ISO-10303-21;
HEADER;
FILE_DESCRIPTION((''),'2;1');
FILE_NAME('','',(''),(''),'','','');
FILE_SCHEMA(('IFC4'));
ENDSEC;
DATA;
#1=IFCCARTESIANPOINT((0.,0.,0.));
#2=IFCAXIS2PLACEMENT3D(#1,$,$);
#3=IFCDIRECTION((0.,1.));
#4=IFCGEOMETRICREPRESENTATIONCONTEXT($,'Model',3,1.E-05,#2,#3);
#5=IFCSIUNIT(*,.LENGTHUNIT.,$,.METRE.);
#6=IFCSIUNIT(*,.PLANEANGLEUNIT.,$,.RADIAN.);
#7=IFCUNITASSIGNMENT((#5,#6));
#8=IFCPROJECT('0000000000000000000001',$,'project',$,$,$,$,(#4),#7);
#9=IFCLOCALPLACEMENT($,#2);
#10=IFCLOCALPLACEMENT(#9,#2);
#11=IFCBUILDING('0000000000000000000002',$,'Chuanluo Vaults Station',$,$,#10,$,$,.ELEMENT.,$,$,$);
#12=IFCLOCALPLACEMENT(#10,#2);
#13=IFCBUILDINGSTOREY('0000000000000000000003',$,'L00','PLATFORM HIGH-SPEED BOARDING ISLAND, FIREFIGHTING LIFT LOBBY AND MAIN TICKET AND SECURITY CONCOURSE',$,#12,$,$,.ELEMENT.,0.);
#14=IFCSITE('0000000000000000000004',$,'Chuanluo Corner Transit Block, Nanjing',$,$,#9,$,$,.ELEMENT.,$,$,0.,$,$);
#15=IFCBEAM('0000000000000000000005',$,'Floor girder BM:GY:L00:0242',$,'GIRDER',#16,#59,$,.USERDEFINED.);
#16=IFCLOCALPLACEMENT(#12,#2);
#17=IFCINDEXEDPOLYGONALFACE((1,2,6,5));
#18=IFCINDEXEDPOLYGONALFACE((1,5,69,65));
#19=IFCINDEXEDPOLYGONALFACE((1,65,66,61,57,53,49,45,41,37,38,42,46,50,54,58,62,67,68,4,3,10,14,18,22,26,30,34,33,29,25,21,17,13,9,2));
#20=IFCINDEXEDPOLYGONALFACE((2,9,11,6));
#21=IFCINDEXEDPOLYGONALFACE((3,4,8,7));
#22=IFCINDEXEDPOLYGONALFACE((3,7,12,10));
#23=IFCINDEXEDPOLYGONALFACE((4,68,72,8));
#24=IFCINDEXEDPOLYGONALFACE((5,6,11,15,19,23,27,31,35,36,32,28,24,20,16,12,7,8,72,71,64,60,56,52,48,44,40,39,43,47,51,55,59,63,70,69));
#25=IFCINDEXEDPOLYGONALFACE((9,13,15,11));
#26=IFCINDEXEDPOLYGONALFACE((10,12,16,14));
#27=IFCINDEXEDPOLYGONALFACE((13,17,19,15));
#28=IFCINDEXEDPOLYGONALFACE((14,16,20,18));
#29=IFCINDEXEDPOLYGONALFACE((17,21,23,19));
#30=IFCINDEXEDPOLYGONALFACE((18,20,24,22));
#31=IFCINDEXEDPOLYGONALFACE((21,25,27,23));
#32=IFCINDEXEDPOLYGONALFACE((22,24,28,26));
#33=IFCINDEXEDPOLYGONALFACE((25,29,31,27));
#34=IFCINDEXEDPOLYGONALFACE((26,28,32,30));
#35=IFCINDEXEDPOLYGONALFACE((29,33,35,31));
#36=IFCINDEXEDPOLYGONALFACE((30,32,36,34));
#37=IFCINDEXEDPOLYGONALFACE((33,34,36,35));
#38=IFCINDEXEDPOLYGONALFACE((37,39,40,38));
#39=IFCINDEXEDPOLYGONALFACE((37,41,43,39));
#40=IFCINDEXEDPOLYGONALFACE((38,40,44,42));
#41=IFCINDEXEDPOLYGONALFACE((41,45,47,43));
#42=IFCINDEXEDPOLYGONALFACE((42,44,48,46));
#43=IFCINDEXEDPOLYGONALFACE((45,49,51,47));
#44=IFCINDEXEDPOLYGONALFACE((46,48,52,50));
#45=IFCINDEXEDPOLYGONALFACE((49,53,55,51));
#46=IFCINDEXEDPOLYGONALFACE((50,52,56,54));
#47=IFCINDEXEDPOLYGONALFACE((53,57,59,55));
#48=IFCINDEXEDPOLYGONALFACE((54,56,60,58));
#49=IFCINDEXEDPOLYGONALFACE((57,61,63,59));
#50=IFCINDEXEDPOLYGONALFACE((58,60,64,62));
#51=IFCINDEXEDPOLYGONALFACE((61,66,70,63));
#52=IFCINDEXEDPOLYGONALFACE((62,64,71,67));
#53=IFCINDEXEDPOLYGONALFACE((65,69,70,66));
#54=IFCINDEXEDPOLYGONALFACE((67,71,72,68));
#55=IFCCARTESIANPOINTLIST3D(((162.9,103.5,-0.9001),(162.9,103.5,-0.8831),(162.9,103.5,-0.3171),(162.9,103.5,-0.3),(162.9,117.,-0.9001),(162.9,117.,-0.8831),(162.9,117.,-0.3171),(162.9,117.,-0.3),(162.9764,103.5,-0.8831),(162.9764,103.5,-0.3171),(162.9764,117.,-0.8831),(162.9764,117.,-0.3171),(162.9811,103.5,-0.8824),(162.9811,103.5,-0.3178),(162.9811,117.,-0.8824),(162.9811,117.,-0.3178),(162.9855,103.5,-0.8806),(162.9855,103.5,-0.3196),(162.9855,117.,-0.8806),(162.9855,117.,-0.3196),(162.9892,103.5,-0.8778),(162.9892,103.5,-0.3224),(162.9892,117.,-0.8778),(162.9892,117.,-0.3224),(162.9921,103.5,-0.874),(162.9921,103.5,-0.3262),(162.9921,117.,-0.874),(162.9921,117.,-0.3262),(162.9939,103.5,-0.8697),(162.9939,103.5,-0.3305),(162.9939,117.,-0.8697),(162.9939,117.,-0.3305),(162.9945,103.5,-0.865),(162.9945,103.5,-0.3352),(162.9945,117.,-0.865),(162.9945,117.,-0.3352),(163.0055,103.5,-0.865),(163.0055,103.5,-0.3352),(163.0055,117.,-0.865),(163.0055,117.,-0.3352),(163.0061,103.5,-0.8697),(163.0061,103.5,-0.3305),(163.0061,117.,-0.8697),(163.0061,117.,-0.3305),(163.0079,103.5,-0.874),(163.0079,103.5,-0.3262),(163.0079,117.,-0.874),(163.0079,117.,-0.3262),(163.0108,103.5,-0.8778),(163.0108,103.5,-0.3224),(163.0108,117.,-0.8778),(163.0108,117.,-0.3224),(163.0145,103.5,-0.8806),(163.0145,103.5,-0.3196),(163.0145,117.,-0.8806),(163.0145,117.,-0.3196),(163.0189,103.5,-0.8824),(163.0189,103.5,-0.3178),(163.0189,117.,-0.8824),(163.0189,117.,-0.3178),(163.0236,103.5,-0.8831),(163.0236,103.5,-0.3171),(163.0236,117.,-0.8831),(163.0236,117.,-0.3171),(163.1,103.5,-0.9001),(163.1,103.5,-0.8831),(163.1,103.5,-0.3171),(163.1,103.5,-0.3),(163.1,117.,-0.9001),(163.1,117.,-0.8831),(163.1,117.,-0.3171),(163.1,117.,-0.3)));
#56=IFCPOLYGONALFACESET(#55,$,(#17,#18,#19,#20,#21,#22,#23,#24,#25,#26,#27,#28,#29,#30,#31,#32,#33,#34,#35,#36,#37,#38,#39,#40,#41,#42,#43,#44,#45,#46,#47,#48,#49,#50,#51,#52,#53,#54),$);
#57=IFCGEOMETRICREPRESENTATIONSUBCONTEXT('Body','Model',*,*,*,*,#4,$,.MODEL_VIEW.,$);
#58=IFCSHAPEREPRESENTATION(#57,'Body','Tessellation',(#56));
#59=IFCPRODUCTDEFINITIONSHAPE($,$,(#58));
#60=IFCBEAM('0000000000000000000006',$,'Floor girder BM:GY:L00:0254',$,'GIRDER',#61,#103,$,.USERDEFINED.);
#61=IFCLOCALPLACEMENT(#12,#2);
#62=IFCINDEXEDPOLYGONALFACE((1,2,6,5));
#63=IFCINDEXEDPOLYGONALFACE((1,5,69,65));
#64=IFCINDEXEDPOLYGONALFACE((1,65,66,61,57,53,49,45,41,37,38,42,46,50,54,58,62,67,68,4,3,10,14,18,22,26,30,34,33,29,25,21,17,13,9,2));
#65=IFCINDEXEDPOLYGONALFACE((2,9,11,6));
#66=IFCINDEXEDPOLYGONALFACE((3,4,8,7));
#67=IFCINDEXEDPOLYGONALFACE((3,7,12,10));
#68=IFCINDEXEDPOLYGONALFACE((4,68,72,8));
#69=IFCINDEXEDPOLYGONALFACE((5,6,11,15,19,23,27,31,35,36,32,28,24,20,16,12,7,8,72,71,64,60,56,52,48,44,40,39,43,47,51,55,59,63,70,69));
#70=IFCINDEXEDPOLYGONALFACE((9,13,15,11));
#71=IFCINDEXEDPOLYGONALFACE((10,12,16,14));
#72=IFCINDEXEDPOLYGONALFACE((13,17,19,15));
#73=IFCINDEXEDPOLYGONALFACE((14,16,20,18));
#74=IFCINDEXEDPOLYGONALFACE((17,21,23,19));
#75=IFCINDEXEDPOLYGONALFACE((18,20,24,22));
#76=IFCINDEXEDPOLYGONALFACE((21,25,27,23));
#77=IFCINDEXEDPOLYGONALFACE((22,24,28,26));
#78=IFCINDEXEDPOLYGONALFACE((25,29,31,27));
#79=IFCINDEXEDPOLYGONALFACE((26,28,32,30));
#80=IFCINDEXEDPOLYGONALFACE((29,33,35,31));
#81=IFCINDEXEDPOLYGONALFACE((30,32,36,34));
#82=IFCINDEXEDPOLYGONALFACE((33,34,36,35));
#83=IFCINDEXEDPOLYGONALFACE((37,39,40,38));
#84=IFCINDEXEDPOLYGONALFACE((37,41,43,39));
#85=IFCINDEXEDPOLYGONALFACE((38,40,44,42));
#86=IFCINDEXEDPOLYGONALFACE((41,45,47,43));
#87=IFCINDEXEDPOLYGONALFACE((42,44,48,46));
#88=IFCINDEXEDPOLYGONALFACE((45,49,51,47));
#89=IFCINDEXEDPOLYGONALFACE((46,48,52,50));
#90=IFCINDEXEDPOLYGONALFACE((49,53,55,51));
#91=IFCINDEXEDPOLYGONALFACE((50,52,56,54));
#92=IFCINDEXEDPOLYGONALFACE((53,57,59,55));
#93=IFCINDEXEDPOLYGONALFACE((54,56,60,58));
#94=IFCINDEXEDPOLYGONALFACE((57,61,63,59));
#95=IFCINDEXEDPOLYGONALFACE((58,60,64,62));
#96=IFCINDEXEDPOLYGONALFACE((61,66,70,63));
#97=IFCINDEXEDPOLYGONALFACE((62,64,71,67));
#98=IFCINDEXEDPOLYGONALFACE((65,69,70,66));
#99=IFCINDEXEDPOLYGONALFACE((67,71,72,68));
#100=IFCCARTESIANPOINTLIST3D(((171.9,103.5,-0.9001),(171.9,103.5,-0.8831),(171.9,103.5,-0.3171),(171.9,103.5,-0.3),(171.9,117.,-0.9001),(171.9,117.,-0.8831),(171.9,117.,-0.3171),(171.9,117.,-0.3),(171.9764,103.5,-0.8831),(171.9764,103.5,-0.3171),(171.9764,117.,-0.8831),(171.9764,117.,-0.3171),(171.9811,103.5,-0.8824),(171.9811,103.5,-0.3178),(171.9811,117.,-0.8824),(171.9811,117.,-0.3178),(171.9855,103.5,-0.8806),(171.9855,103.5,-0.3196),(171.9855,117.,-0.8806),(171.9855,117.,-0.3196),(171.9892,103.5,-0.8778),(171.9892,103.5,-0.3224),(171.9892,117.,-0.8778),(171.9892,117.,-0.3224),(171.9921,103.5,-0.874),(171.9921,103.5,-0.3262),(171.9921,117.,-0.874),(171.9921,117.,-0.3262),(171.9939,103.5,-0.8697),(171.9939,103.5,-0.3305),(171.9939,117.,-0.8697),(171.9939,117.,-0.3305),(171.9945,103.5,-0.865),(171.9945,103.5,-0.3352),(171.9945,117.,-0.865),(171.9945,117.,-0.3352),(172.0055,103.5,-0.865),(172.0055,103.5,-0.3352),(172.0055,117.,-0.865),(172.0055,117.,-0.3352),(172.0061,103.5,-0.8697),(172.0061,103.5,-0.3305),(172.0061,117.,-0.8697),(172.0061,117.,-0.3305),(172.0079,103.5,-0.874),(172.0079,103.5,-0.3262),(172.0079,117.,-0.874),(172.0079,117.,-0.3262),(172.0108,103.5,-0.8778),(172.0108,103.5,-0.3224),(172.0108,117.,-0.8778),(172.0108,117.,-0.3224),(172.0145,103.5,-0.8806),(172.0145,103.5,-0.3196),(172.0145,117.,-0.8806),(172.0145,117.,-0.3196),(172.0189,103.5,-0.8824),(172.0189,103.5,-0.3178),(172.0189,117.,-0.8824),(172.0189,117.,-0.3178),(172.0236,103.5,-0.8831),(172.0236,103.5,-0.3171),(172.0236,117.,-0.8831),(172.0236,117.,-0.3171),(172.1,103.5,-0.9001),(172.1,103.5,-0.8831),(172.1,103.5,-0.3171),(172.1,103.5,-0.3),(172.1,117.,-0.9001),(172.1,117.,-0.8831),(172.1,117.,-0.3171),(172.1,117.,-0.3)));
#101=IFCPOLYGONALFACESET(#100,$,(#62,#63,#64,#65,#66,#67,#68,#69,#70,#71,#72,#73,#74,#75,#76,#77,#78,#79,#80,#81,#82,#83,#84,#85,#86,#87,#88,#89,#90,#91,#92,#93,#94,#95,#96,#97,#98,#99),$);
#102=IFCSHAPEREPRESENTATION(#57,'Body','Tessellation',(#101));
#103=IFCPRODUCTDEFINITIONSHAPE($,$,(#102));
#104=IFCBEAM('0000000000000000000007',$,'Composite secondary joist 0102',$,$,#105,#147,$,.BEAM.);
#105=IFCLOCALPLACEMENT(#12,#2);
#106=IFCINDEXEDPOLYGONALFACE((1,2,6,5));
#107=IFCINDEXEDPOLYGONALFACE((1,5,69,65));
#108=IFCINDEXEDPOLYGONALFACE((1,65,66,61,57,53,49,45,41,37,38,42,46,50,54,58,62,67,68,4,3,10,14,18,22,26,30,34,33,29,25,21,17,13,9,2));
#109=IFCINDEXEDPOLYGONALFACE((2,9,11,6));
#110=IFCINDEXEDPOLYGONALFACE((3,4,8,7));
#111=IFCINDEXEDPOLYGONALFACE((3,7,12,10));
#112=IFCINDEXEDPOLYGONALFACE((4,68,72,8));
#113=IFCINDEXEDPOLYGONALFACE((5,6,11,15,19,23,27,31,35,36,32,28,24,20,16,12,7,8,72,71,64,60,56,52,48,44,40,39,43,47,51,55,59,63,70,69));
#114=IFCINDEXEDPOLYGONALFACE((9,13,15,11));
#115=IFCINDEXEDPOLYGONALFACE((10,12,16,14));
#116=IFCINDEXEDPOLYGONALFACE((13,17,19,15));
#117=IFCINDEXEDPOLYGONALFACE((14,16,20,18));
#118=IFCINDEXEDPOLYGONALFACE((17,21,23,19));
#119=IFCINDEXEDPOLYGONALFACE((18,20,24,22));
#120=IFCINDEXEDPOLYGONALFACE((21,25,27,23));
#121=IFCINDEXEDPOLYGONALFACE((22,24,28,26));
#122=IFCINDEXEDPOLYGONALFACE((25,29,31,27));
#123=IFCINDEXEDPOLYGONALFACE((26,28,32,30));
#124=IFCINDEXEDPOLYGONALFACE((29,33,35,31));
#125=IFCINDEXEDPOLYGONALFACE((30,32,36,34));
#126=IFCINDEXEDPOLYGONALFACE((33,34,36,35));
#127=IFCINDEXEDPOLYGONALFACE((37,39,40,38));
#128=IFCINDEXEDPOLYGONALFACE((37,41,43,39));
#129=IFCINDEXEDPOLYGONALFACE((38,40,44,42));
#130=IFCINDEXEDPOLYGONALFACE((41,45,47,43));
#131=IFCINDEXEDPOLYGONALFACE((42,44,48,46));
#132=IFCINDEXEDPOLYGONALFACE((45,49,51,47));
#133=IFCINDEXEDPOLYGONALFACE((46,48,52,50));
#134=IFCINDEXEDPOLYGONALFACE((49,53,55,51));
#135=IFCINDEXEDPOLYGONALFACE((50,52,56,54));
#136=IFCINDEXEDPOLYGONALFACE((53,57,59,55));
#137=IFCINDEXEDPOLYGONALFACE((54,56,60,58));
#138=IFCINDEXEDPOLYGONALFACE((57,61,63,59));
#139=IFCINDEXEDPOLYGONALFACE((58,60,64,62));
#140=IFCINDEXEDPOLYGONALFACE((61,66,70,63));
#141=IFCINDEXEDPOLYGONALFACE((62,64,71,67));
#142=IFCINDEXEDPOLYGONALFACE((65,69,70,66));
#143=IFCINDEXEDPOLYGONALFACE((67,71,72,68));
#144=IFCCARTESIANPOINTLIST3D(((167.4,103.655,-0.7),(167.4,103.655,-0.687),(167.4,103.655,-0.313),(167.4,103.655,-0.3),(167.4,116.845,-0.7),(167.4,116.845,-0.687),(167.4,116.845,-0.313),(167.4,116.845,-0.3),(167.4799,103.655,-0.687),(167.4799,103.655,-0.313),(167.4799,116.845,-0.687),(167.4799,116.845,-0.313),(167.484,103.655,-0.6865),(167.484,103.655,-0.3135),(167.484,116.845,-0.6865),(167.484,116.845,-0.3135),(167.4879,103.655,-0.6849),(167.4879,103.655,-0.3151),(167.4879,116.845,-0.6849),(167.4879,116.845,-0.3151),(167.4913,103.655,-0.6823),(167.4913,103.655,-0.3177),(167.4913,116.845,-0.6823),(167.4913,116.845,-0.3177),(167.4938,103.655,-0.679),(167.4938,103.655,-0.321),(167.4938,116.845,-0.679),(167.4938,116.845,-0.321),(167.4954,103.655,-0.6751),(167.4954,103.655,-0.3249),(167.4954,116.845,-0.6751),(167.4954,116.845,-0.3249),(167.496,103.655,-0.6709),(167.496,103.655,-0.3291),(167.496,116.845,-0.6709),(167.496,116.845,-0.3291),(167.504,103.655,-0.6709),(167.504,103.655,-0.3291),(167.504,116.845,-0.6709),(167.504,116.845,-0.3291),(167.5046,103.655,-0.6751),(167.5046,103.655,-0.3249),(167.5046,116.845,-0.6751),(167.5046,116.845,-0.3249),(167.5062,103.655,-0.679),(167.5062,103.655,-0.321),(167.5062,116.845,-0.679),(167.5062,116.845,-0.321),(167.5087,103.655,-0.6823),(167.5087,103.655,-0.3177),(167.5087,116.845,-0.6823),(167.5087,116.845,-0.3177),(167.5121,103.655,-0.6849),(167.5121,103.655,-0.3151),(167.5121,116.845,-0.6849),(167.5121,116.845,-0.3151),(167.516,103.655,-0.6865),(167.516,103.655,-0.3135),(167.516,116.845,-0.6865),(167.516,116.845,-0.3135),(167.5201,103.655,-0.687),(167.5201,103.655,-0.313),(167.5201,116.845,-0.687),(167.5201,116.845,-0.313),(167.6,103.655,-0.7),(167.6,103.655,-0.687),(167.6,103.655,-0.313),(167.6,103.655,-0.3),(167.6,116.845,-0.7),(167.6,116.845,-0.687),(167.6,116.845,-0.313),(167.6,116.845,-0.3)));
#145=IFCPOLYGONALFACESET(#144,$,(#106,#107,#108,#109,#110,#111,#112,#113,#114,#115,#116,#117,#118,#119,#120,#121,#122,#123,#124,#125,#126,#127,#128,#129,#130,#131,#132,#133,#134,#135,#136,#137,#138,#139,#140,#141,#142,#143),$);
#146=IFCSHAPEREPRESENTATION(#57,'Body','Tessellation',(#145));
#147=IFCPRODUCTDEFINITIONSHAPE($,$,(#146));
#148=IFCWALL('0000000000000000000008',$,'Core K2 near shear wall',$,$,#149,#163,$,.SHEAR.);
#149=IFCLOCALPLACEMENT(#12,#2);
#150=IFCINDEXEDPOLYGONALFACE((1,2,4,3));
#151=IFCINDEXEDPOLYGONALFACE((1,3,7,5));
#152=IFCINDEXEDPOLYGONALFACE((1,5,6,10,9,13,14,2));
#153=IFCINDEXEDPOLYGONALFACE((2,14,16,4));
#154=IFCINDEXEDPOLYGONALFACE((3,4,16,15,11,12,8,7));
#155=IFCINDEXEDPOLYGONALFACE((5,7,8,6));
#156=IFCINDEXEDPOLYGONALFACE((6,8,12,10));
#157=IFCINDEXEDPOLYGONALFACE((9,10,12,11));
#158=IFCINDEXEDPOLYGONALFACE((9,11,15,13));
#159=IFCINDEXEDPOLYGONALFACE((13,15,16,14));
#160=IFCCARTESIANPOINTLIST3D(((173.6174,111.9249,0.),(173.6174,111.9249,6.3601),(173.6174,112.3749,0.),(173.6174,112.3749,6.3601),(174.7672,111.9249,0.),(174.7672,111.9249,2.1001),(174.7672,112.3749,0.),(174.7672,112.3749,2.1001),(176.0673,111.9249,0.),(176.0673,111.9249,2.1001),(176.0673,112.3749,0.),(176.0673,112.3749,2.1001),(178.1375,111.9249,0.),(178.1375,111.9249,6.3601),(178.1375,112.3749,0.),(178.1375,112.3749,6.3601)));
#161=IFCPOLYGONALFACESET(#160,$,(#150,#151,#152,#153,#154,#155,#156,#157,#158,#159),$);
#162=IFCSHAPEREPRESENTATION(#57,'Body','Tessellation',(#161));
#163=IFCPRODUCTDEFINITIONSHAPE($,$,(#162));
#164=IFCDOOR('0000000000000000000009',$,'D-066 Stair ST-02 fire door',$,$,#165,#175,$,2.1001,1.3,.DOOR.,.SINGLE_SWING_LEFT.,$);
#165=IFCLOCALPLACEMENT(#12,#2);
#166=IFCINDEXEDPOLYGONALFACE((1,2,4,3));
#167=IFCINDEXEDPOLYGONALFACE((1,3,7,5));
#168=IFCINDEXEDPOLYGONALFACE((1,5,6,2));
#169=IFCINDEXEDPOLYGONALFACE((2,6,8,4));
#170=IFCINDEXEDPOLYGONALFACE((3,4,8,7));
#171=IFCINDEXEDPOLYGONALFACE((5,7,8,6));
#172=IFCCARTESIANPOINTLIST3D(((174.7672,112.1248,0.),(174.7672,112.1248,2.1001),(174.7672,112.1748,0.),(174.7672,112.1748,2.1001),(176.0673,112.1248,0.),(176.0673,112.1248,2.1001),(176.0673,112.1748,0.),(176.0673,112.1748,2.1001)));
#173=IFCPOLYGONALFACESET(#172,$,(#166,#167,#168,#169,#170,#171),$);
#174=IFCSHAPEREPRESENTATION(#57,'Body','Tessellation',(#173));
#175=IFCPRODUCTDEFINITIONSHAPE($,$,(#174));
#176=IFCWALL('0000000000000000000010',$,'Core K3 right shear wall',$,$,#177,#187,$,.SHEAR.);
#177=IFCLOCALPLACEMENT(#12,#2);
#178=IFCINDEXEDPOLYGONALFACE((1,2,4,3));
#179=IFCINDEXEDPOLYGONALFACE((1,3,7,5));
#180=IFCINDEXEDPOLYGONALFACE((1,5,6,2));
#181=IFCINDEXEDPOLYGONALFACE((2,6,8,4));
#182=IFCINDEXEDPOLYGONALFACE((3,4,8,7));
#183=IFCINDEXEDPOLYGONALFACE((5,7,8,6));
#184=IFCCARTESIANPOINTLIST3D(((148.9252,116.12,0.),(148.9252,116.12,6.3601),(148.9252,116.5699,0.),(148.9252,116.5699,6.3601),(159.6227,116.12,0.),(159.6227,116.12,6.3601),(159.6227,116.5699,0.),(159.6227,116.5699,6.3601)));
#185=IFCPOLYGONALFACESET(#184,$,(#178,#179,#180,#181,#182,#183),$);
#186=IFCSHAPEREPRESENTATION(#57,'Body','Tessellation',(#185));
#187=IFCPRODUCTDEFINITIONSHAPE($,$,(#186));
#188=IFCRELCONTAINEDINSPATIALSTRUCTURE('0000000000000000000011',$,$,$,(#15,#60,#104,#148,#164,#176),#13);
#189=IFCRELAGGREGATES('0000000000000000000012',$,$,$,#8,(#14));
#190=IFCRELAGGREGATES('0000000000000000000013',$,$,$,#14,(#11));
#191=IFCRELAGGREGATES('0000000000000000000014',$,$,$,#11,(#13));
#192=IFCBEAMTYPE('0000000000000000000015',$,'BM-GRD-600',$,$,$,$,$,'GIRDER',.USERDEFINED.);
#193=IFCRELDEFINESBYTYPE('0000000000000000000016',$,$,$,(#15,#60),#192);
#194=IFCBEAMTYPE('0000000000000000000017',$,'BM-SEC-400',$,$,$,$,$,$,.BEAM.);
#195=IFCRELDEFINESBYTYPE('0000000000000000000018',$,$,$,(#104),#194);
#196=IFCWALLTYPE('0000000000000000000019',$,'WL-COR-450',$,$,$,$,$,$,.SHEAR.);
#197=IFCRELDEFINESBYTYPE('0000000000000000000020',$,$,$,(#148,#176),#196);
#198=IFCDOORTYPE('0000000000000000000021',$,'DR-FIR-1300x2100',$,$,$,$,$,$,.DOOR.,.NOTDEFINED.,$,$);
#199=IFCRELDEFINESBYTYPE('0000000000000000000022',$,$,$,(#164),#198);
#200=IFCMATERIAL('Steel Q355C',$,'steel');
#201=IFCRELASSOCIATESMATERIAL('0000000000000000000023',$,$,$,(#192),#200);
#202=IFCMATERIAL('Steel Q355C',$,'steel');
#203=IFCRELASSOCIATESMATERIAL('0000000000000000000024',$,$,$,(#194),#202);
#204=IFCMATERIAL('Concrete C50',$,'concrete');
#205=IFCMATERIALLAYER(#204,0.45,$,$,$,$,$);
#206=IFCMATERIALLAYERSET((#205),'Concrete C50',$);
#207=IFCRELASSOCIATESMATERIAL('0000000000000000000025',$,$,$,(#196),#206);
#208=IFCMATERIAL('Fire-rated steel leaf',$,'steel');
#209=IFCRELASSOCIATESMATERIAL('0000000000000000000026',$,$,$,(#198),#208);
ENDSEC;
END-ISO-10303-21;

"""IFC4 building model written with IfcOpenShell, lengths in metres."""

from ifc_helpers import new_model, si_unit, direction, frame, frame_2d, origin, origin_2d, place, context, subcontext, project, spatial, rectangle, i_section, extrude, material, layer, layer_set, material_profile, profile_set, type_object, element, fill, save


model = new_model("IFC4")

# Units and contexts
model_context = context("Model", 3, precision=1e-05, world=origin(), true_north=direction((0.0, 1.0)))
body_context = subcontext(model_context, "Body", "Model", "MODEL_VIEW")
ifc_project = project(units=[si_unit("LENGTHUNIT", "METRE"), si_unit("PLANEANGLEUNIT", "RADIAN")], contexts=[model_context])

# Site, building, storey
site_placement = place(None, origin())
site = spatial("IfcSite", under=ifc_project, at=site_placement, Name="Chuanluo Corner Transit Block, Nanjing", CompositionType="ELEMENT", RefElevation=0.0)
building_placement = place(site_placement, origin())
building = spatial("IfcBuilding", under=site, at=building_placement, Name="Chuanluo Vaults Station", CompositionType="ELEMENT")
storey_placement = place(building_placement, origin())
storey = spatial("IfcBuildingStorey", under=building, at=storey_placement, Name="L00", Description="PLATFORM HIGH-SPEED BOARDING ISLAND, FIREFIGHTING LIFT LOBBY AND MAIN TICKET AND SECURITY CONCOURSE", CompositionType="ELEMENT", Elevation=0.0)

# Beams
ifc_material_1 = material(Name="Steel Q355C", Category="steel")
ifc_material_profile_1 = material_profile(ifc_material_1, i_section(OverallWidth=0.2, OverallDepth=0.6001, WebThickness=0.011, FlangeThickness=0.0171, FilletRadius=0.0181, at=origin_2d()))
ifc_profile_set_1 = profile_set([ifc_material_profile_1], Name="Steel Q355C")
beam_type_1 = type_object("IfcBeamType", Name="BM-GRD-600", ElementType="GIRDER", PredefinedType="USERDEFINED", material=ifc_profile_set_1)
for number, where, z_axis, x_axis, name in (
    (1, (163.0, 103.5, -0.6001), (0.0, 1.0, 0.0), (-1.0, 0.0, 0.0), "Floor girder BM:GY:L00:0242"),
    (2, (172.0, 103.5, -0.6001), (0.0, 1.0, 0.0), (-1.0, 0.0, 0.0), "Floor girder BM:GY:L00:0254"),
):
    element("IfcBeam", number, at=place(storey_placement, frame(where, z_axis=z_axis, x_axis=x_axis)), inside=storey, type_object=beam_type_1, Name=name, ObjectType="GIRDER", PredefinedType="USERDEFINED", context=body_context, shape_type="SweptSolid", body=[
        extrude(i_section(OverallWidth=0.2, OverallDepth=0.6001, WebThickness=0.011, FlangeThickness=0.0171, FilletRadius=0.0181, at=origin_2d()), origin(), (0.0, 0.0, 1.0), 13.5),
    ])
ifc_material_2 = material(Name="Steel Q355C", Category="steel")
ifc_material_profile_2 = material_profile(ifc_material_2, i_section(OverallWidth=0.2, OverallDepth=0.3999, WebThickness=0.0081, FlangeThickness=0.0129, FilletRadius=0.0161, at=origin_2d()))
ifc_profile_set_2 = profile_set([ifc_material_profile_2], Name="Steel Q355C")
beam_type_2 = type_object("IfcBeamType", Name="BM-SEC-400", PredefinedType="BEAM", material=ifc_profile_set_2)
beam_1_placement = place(storey_placement, frame((167.5, 103.655, -0.5), z_axis=(0.0, 1.0, 0.0), x_axis=(-1.0, 0.0, 0.0)))
element("IfcBeam", 3, at=beam_1_placement, inside=storey, type_object=beam_type_2, Name="Composite secondary joist 0102", PredefinedType="BEAM", context=body_context, shape_type="SweptSolid", body=[
    extrude(i_section(OverallWidth=0.2, OverallDepth=0.3999, WebThickness=0.0081, FlangeThickness=0.0129, FilletRadius=0.0161, at=origin_2d()), origin(), (0.0, 0.0, 1.0), 13.1899),
])

# Wall, opening, door
ifc_material_3 = material(Name="Concrete C50", Category="concrete")
ifc_layer_1 = layer(ifc_material_3, 0.45)
ifc_layer_set_1 = layer_set([ifc_layer_1], Name="Concrete C50")
wall_type_1 = type_object("IfcWallType", Name="WL-COR-450", PredefinedType="SHEAR", material=ifc_layer_set_1)
wall_1_placement = place(storey_placement, frame((173.6174, 112.1499, 0.0), z_axis=(0.0, 0.0, 1.0), x_axis=(1.0, 0.0, 0.0)))
wall_1 = element("IfcWall", 4, at=wall_1_placement, inside=storey, type_object=wall_type_1, Name="Core K2 near shear wall", PredefinedType="SHEAR", context=body_context, shape_type="SweptSolid", body=[
    extrude(rectangle(XDim=4.52, YDim=0.45, at=frame_2d((2.26, 0.0))), origin(), (0.0, 0.0, 1.0), 6.3601),
])
opening_1_placement = place(wall_1_placement, frame((1.1499, 0.0, 0.0)))
opening_1 = element("IfcOpeningElement", 5, at=opening_1_placement, cuts=wall_1, PredefinedType="OPENING", context=body_context, shape_type="SweptSolid", body=[
    extrude(rectangle(XDim=1.3, YDim=2.1001, at=frame_2d((0.6499, 1.05))), frame((0.0, 0.2351, 0.0), z_axis=(0.0, -1.0, 0.0), x_axis=(1.0, 0.0, 0.0)), (0.0, 0.0, 1.0), 0.4699),
])
ifc_material_4 = material(Name="Fire-rated steel leaf", Category="steel")
door_type_1 = type_object("IfcDoorType", Name="DR-FIR-1300x2100", OperationType="NOTDEFINED", PredefinedType="DOOR", material=ifc_material_4)
door_1_placement = place(opening_1_placement, origin())
door_1 = element("IfcDoor", 6, at=door_1_placement, inside=storey, type_object=door_type_1, Name="D-066 Stair ST-02 fire door", OperationType="SINGLE_SWING_LEFT", OverallHeight=2.1001, OverallWidth=1.3, PredefinedType="DOOR", context=body_context, shape_type="SweptSolid", body=[
    extrude(rectangle(XDim=1.3, YDim=2.1001, at=frame_2d((0.6499, 1.05))), frame((0.0, 0.0249, 0.0), z_axis=(0.0, -1.0, 0.0), x_axis=(1.0, 0.0, 0.0)), (0.0, 0.0, 1.0), 0.05),
])
fill(opening_1, door_1)

# Wall
wall_2_placement = place(storey_placement, frame((159.6226, 116.345, 0.0), z_axis=(0.0, 0.0, 1.0), x_axis=(-1.0, 0.0, 0.0)))
element("IfcWall", 7, at=wall_2_placement, inside=storey, type_object=wall_type_1, Name="Core K3 right shear wall", PredefinedType="SHEAR", context=body_context, shape_type="SweptSolid", body=[
    extrude(rectangle(XDim=10.6975, YDim=0.45, at=frame_2d((5.3486, 0.0))), origin(), (0.0, 0.0, 1.0), 6.3601),
])

save(model, "model.ifc")
